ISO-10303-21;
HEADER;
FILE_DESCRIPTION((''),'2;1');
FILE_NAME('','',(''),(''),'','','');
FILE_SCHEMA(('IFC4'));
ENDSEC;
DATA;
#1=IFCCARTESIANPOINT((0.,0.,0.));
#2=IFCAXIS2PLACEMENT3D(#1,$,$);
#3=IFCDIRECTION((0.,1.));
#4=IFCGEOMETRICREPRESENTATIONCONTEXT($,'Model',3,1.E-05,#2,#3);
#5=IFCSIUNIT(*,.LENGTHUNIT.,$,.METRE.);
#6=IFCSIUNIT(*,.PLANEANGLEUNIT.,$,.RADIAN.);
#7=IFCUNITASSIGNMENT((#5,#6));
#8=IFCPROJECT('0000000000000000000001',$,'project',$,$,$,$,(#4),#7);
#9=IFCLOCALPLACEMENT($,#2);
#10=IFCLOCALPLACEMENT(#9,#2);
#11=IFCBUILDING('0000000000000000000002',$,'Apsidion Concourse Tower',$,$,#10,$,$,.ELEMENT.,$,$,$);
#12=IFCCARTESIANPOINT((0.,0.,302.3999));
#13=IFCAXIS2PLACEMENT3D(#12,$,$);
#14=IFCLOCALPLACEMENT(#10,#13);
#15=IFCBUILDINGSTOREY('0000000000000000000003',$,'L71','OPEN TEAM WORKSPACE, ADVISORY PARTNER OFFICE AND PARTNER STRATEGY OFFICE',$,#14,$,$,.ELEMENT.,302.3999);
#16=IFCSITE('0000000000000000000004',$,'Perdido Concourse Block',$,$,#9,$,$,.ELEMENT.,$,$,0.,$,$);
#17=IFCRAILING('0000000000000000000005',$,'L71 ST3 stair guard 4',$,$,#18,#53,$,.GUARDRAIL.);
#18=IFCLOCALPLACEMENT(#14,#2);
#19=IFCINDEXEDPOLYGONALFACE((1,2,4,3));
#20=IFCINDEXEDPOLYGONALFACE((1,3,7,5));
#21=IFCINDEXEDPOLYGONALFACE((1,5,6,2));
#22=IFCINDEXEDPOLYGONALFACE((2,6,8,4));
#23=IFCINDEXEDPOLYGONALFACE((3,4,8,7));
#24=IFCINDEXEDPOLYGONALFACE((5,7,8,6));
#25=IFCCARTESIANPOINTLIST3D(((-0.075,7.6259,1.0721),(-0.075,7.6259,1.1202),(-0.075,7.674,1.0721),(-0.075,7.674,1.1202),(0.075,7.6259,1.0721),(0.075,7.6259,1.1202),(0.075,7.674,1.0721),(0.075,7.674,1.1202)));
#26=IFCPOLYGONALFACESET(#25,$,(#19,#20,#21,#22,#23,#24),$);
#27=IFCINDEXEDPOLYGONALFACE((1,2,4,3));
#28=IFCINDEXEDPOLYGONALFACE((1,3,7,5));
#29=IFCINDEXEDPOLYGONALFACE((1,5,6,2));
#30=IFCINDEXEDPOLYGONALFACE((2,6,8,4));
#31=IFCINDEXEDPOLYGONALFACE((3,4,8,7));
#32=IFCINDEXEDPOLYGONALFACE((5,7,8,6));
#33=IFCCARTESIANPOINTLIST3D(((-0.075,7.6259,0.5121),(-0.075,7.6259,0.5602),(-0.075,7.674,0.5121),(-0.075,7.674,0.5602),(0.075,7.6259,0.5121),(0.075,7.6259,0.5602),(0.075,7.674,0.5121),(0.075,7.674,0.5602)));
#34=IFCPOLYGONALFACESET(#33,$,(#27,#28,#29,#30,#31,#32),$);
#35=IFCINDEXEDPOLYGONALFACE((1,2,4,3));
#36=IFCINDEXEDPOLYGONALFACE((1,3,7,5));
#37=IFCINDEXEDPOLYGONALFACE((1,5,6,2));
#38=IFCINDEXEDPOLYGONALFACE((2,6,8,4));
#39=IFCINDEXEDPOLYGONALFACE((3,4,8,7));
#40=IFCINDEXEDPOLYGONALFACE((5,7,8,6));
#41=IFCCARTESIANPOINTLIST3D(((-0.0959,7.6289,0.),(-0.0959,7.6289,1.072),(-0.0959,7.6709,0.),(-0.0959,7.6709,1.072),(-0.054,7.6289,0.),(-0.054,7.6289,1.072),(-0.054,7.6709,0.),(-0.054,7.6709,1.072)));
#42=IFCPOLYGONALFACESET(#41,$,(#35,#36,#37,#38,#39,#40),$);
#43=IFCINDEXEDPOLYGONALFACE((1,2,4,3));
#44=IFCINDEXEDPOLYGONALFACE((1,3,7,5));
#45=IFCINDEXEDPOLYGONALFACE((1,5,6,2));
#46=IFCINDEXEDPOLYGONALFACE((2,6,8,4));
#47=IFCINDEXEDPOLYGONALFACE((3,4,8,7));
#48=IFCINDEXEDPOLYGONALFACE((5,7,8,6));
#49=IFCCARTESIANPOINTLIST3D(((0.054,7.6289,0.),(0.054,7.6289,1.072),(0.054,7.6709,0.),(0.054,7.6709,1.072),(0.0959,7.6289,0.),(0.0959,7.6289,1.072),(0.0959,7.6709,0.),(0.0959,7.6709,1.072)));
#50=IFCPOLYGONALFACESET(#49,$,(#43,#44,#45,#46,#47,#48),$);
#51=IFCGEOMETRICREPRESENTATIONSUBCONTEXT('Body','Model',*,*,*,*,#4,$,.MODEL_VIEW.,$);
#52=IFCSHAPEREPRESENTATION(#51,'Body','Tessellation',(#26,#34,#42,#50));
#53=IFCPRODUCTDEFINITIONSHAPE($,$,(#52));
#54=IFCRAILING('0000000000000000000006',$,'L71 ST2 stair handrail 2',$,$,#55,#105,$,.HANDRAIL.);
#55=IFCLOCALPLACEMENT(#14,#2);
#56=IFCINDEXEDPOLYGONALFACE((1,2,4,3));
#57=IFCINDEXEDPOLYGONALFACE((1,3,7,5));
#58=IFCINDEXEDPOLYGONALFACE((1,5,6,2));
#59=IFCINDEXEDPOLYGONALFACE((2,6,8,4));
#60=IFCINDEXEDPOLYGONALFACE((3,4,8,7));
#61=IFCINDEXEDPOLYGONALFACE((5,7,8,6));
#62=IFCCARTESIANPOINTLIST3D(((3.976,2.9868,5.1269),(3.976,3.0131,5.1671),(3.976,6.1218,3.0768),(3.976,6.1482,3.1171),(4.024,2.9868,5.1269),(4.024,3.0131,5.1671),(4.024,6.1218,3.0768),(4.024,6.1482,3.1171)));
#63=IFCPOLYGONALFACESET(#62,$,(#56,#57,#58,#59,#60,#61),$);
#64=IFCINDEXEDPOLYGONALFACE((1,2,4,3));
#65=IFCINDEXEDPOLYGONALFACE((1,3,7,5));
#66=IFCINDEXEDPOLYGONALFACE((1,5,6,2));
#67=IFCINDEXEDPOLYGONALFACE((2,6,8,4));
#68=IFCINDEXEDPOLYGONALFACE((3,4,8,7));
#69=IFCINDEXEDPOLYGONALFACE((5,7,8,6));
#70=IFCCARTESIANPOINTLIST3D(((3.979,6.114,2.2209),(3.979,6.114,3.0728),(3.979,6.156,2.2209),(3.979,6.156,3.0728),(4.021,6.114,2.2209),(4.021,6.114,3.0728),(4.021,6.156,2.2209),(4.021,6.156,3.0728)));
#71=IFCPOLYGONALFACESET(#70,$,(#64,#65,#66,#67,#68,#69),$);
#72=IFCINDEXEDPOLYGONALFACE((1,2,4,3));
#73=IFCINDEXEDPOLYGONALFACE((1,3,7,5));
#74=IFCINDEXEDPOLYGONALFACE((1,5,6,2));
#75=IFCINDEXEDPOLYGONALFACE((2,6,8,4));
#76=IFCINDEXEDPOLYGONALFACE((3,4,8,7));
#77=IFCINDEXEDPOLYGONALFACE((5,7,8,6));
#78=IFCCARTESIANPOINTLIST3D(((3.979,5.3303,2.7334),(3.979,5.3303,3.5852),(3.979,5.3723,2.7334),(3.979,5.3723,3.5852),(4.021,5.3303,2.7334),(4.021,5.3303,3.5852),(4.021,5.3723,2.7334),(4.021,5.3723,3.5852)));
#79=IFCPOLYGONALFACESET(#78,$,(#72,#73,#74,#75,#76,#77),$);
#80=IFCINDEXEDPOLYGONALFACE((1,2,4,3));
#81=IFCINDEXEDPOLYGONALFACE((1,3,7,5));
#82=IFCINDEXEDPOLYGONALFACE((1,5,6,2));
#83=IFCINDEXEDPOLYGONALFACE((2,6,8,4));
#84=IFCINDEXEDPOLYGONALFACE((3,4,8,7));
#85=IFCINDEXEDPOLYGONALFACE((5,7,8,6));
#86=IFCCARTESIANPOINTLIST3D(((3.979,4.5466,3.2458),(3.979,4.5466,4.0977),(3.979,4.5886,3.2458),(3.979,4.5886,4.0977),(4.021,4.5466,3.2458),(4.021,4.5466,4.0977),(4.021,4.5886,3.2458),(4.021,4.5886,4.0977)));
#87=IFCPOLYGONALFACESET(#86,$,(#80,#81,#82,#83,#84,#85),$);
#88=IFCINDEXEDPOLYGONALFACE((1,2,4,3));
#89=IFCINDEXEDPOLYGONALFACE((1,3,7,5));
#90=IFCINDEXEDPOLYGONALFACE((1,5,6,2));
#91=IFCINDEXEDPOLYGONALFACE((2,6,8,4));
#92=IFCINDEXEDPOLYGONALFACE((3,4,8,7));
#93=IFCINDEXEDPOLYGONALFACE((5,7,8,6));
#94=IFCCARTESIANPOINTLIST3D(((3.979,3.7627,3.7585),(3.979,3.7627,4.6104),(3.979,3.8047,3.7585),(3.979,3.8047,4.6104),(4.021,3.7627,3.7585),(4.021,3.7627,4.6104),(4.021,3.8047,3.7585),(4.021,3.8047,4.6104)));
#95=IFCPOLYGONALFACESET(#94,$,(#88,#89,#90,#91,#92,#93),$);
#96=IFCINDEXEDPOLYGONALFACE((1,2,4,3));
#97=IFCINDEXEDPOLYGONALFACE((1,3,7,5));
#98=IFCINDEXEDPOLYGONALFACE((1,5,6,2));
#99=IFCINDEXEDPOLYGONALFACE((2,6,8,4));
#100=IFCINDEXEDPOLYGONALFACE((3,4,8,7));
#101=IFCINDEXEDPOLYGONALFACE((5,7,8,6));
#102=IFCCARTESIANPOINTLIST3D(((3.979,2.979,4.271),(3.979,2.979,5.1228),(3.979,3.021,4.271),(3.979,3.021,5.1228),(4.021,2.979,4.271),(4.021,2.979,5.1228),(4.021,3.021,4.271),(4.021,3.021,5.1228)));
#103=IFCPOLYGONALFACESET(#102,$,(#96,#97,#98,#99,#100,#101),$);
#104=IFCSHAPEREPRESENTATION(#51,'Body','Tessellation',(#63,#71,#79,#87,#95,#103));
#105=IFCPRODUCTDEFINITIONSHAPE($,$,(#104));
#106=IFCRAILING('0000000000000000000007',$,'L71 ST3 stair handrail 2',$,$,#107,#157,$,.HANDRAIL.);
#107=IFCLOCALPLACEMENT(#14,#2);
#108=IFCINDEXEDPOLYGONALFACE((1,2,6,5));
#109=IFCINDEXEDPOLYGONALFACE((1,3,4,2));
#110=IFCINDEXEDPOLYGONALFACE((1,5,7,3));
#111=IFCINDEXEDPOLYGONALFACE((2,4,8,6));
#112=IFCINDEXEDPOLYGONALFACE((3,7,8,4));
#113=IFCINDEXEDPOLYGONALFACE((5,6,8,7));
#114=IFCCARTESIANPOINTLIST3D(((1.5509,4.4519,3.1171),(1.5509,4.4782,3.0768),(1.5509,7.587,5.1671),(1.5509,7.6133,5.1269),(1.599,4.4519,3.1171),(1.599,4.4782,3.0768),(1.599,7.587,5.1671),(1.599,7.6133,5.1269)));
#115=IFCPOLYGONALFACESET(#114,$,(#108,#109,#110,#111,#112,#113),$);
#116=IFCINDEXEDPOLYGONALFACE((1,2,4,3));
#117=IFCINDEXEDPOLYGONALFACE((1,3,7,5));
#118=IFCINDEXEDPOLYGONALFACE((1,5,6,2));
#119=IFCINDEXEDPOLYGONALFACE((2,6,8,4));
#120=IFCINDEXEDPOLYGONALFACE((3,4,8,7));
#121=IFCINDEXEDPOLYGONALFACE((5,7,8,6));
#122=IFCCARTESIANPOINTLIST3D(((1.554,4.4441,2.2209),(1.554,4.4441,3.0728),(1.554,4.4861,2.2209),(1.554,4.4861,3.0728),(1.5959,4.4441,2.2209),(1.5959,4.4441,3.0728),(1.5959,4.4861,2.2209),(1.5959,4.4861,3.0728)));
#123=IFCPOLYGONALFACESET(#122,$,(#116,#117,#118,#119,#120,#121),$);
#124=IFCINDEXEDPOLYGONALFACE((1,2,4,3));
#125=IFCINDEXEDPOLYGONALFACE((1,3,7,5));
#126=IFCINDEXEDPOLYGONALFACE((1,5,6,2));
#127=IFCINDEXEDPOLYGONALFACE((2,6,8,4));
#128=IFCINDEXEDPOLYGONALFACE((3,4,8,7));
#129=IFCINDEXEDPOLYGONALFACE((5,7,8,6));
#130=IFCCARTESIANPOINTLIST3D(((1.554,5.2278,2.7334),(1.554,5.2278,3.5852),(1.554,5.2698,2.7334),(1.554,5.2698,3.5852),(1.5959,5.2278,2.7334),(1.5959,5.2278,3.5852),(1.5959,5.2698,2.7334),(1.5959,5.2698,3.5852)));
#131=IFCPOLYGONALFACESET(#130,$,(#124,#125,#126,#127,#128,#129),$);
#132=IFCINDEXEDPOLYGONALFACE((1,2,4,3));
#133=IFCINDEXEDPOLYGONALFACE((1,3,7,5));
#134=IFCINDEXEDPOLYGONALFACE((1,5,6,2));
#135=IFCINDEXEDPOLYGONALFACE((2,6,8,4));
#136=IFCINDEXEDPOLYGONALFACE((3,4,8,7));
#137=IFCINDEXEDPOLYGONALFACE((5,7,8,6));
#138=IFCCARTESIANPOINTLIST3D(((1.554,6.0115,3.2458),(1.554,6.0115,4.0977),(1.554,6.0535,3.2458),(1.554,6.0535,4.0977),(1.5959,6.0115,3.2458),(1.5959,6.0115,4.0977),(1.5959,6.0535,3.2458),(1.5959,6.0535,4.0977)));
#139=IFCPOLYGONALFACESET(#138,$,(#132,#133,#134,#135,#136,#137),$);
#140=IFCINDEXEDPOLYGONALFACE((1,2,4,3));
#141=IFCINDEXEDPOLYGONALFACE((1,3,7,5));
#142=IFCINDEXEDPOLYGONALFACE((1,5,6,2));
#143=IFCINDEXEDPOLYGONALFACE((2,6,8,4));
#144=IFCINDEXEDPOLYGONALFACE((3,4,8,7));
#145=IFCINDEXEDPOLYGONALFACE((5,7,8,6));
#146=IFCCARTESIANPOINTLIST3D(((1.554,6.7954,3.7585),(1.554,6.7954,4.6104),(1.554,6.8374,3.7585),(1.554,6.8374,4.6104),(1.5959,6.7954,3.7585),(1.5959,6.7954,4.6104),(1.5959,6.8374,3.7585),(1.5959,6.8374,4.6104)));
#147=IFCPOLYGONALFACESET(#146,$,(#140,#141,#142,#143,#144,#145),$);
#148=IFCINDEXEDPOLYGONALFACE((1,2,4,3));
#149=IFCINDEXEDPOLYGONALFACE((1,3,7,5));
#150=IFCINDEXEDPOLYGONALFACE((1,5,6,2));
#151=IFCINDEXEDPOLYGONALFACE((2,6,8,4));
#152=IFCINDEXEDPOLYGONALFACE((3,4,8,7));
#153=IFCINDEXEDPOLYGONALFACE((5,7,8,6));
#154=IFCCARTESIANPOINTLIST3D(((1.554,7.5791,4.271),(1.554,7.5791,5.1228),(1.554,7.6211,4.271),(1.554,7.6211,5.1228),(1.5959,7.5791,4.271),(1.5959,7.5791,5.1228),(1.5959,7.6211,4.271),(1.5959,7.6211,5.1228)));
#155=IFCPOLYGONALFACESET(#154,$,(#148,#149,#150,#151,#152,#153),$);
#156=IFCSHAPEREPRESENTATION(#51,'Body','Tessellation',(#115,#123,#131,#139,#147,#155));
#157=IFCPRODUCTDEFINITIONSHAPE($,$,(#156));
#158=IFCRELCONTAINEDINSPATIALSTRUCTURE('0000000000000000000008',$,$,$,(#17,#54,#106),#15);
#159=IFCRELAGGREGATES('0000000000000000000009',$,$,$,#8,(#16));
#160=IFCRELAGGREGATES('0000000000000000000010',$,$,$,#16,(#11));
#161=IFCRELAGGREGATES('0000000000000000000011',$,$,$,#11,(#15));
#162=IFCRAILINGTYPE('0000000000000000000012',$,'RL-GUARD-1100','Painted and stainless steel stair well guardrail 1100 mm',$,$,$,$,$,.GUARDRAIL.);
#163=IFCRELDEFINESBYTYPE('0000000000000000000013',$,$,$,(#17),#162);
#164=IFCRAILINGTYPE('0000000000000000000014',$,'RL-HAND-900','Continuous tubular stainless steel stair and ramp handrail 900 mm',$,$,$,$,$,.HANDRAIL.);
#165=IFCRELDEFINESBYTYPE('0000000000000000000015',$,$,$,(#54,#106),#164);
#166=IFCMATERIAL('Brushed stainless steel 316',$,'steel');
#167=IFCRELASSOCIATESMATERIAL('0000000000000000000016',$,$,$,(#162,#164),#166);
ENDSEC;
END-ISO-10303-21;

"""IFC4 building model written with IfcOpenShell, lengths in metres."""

from ifc_helpers import new_model, si_unit, direction, frame, origin, origin_2d, place, context, subcontext, project, spatial, rectangle, extrude, material, type_object, element, save


model = new_model("IFC4")

# Units and contexts
model_context = context("Model", 3, precision=1e-05, world=origin(), true_north=direction((0.0, 1.0)))
body_context = subcontext(model_context, "Body", "Model", "MODEL_VIEW")
ifc_project = project(units=[si_unit("LENGTHUNIT", "METRE"), si_unit("PLANEANGLEUNIT", "RADIAN")], contexts=[model_context])

# Site, building, storey
site_placement = place(None, origin())
site = spatial("IfcSite", under=ifc_project, at=site_placement, Name="Perdido Concourse Block", CompositionType="ELEMENT", RefElevation=0.0)
building_placement = place(site_placement, origin())
building = spatial("IfcBuilding", under=site, at=building_placement, Name="Apsidion Concourse Tower", CompositionType="ELEMENT")
storey_placement = place(building_placement, frame((0.0, 0.0, 302.3999)))
storey = spatial("IfcBuildingStorey", under=building, at=storey_placement, Name="L71", Description="OPEN TEAM WORKSPACE, ADVISORY PARTNER OFFICE AND PARTNER STRATEGY OFFICE", CompositionType="ELEMENT", Elevation=302.3999)

# Railings
ifc_material_1 = material(Name="Brushed stainless steel 316", Category="steel")
railing_type_1 = type_object("IfcRailingType", Name="RL-GUARD-1100", Description="Painted and stainless steel stair well guardrail 1100 mm", PredefinedType="GUARDRAIL", material=ifc_material_1)
railing_1_placement = place(storey_placement, frame((-0.075, 7.6499, 0.0)))
element("IfcRailing", 1, at=railing_1_placement, inside=storey, type_object=railing_type_1, Name="L71 ST3 stair guard 4", PredefinedType="GUARDRAIL", context=body_context, shape_type="SweptSolid", body=[
    extrude(rectangle(XDim=0.0481, YDim=0.0481, at=origin_2d()), frame((0.0, 0.0, 1.0962), z_axis=(1.0, 0.0, 0.0), x_axis=(0.0, 1.0, 0.0)), (0.0, 0.0, 1.0), 0.1499),
    extrude(rectangle(XDim=0.0481, YDim=0.0481, at=origin_2d()), frame((0.0, 0.0, 0.5361), z_axis=(1.0, 0.0, 0.0), x_axis=(0.0, 1.0, 0.0)), (0.0, 0.0, 1.0), 0.1499),
    extrude(rectangle(XDim=0.042, YDim=0.042, at=origin_2d()), origin(), (0.0, 0.0, 1.0), 1.072),
    extrude(rectangle(XDim=0.042, YDim=0.042, at=origin_2d()), frame((0.1499, 0.0, 0.0)), (0.0, 0.0, 1.0), 1.072),
])
railing_type_2 = type_object("IfcRailingType", Name="RL-HAND-900", Description="Continuous tubular stainless steel stair and ramp handrail 900 mm", PredefinedType="HANDRAIL", material=ifc_material_1)
railing_2_placement = place(storey_placement, frame((4.0, 6.135, 2.2209)))
element("IfcRailing", 2, at=railing_2_placement, inside=storey, type_object=railing_type_2, Name="L71 ST2 stair handrail 2", PredefinedType="HANDRAIL", context=body_context, shape_type="SweptSolid", body=[
    extrude(rectangle(XDim=0.0481, YDim=0.0481, at=origin_2d()), frame((0.0, 0.0, 0.876), z_axis=(0.0, -0.836941, 0.547293), x_axis=(1.0, 0.0, 0.0)), (0.0, 0.0, 1.0), 3.7458),
    extrude(rectangle(XDim=0.042, YDim=0.042, at=origin_2d()), origin(), (0.0, 0.0, 1.0), 0.8518),
    extrude(rectangle(XDim=0.042, YDim=0.042, at=origin_2d()), frame((0.0, -0.7837, 0.5125)), (0.0, 0.0, 1.0), 0.8518),
    extrude(rectangle(XDim=0.042, YDim=0.042, at=origin_2d()), frame((0.0, -1.5674, 1.0249)), (0.0, 0.0, 1.0), 0.8518),
    extrude(rectangle(XDim=0.042, YDim=0.042, at=origin_2d()), frame((0.0, -2.3513, 1.5376)), (0.0, 0.0, 1.0), 0.8518),
    extrude(rectangle(XDim=0.042, YDim=0.042, at=origin_2d()), frame((0.0, -3.135, 2.05)), (0.0, 0.0, 1.0), 0.8518),
])
railing_3_placement = place(storey_placement, frame((1.575, 4.4651, 2.2209)))
element("IfcRailing", 3, at=railing_3_placement, inside=storey, type_object=railing_type_2, Name="L71 ST3 stair handrail 2", PredefinedType="HANDRAIL", context=body_context, shape_type="SweptSolid", body=[
    extrude(rectangle(XDim=0.0481, YDim=0.0481, at=origin_2d()), frame((0.0, 0.0, 0.876), z_axis=(0.0, 0.836941, 0.547293), x_axis=(-1.0, 0.0, 0.0)), (0.0, 0.0, 1.0), 3.7458),
    extrude(rectangle(XDim=0.042, YDim=0.042, at=origin_2d()), origin(), (0.0, 0.0, 1.0), 0.8518),
    extrude(rectangle(XDim=0.042, YDim=0.042, at=origin_2d()), frame((0.0, 0.7837, 0.5125)), (0.0, 0.0, 1.0), 0.8518),
    extrude(rectangle(XDim=0.042, YDim=0.042, at=origin_2d()), frame((0.0, 1.5674, 1.0249)), (0.0, 0.0, 1.0), 0.8518),
    extrude(rectangle(XDim=0.042, YDim=0.042, at=origin_2d()), frame((0.0, 2.3513, 1.5376)), (0.0, 0.0, 1.0), 0.8518),
    extrude(rectangle(XDim=0.042, YDim=0.042, at=origin_2d()), frame((0.0, 3.135, 2.05)), (0.0, 0.0, 1.0), 0.8518),
])

save(model, "model.ifc")
